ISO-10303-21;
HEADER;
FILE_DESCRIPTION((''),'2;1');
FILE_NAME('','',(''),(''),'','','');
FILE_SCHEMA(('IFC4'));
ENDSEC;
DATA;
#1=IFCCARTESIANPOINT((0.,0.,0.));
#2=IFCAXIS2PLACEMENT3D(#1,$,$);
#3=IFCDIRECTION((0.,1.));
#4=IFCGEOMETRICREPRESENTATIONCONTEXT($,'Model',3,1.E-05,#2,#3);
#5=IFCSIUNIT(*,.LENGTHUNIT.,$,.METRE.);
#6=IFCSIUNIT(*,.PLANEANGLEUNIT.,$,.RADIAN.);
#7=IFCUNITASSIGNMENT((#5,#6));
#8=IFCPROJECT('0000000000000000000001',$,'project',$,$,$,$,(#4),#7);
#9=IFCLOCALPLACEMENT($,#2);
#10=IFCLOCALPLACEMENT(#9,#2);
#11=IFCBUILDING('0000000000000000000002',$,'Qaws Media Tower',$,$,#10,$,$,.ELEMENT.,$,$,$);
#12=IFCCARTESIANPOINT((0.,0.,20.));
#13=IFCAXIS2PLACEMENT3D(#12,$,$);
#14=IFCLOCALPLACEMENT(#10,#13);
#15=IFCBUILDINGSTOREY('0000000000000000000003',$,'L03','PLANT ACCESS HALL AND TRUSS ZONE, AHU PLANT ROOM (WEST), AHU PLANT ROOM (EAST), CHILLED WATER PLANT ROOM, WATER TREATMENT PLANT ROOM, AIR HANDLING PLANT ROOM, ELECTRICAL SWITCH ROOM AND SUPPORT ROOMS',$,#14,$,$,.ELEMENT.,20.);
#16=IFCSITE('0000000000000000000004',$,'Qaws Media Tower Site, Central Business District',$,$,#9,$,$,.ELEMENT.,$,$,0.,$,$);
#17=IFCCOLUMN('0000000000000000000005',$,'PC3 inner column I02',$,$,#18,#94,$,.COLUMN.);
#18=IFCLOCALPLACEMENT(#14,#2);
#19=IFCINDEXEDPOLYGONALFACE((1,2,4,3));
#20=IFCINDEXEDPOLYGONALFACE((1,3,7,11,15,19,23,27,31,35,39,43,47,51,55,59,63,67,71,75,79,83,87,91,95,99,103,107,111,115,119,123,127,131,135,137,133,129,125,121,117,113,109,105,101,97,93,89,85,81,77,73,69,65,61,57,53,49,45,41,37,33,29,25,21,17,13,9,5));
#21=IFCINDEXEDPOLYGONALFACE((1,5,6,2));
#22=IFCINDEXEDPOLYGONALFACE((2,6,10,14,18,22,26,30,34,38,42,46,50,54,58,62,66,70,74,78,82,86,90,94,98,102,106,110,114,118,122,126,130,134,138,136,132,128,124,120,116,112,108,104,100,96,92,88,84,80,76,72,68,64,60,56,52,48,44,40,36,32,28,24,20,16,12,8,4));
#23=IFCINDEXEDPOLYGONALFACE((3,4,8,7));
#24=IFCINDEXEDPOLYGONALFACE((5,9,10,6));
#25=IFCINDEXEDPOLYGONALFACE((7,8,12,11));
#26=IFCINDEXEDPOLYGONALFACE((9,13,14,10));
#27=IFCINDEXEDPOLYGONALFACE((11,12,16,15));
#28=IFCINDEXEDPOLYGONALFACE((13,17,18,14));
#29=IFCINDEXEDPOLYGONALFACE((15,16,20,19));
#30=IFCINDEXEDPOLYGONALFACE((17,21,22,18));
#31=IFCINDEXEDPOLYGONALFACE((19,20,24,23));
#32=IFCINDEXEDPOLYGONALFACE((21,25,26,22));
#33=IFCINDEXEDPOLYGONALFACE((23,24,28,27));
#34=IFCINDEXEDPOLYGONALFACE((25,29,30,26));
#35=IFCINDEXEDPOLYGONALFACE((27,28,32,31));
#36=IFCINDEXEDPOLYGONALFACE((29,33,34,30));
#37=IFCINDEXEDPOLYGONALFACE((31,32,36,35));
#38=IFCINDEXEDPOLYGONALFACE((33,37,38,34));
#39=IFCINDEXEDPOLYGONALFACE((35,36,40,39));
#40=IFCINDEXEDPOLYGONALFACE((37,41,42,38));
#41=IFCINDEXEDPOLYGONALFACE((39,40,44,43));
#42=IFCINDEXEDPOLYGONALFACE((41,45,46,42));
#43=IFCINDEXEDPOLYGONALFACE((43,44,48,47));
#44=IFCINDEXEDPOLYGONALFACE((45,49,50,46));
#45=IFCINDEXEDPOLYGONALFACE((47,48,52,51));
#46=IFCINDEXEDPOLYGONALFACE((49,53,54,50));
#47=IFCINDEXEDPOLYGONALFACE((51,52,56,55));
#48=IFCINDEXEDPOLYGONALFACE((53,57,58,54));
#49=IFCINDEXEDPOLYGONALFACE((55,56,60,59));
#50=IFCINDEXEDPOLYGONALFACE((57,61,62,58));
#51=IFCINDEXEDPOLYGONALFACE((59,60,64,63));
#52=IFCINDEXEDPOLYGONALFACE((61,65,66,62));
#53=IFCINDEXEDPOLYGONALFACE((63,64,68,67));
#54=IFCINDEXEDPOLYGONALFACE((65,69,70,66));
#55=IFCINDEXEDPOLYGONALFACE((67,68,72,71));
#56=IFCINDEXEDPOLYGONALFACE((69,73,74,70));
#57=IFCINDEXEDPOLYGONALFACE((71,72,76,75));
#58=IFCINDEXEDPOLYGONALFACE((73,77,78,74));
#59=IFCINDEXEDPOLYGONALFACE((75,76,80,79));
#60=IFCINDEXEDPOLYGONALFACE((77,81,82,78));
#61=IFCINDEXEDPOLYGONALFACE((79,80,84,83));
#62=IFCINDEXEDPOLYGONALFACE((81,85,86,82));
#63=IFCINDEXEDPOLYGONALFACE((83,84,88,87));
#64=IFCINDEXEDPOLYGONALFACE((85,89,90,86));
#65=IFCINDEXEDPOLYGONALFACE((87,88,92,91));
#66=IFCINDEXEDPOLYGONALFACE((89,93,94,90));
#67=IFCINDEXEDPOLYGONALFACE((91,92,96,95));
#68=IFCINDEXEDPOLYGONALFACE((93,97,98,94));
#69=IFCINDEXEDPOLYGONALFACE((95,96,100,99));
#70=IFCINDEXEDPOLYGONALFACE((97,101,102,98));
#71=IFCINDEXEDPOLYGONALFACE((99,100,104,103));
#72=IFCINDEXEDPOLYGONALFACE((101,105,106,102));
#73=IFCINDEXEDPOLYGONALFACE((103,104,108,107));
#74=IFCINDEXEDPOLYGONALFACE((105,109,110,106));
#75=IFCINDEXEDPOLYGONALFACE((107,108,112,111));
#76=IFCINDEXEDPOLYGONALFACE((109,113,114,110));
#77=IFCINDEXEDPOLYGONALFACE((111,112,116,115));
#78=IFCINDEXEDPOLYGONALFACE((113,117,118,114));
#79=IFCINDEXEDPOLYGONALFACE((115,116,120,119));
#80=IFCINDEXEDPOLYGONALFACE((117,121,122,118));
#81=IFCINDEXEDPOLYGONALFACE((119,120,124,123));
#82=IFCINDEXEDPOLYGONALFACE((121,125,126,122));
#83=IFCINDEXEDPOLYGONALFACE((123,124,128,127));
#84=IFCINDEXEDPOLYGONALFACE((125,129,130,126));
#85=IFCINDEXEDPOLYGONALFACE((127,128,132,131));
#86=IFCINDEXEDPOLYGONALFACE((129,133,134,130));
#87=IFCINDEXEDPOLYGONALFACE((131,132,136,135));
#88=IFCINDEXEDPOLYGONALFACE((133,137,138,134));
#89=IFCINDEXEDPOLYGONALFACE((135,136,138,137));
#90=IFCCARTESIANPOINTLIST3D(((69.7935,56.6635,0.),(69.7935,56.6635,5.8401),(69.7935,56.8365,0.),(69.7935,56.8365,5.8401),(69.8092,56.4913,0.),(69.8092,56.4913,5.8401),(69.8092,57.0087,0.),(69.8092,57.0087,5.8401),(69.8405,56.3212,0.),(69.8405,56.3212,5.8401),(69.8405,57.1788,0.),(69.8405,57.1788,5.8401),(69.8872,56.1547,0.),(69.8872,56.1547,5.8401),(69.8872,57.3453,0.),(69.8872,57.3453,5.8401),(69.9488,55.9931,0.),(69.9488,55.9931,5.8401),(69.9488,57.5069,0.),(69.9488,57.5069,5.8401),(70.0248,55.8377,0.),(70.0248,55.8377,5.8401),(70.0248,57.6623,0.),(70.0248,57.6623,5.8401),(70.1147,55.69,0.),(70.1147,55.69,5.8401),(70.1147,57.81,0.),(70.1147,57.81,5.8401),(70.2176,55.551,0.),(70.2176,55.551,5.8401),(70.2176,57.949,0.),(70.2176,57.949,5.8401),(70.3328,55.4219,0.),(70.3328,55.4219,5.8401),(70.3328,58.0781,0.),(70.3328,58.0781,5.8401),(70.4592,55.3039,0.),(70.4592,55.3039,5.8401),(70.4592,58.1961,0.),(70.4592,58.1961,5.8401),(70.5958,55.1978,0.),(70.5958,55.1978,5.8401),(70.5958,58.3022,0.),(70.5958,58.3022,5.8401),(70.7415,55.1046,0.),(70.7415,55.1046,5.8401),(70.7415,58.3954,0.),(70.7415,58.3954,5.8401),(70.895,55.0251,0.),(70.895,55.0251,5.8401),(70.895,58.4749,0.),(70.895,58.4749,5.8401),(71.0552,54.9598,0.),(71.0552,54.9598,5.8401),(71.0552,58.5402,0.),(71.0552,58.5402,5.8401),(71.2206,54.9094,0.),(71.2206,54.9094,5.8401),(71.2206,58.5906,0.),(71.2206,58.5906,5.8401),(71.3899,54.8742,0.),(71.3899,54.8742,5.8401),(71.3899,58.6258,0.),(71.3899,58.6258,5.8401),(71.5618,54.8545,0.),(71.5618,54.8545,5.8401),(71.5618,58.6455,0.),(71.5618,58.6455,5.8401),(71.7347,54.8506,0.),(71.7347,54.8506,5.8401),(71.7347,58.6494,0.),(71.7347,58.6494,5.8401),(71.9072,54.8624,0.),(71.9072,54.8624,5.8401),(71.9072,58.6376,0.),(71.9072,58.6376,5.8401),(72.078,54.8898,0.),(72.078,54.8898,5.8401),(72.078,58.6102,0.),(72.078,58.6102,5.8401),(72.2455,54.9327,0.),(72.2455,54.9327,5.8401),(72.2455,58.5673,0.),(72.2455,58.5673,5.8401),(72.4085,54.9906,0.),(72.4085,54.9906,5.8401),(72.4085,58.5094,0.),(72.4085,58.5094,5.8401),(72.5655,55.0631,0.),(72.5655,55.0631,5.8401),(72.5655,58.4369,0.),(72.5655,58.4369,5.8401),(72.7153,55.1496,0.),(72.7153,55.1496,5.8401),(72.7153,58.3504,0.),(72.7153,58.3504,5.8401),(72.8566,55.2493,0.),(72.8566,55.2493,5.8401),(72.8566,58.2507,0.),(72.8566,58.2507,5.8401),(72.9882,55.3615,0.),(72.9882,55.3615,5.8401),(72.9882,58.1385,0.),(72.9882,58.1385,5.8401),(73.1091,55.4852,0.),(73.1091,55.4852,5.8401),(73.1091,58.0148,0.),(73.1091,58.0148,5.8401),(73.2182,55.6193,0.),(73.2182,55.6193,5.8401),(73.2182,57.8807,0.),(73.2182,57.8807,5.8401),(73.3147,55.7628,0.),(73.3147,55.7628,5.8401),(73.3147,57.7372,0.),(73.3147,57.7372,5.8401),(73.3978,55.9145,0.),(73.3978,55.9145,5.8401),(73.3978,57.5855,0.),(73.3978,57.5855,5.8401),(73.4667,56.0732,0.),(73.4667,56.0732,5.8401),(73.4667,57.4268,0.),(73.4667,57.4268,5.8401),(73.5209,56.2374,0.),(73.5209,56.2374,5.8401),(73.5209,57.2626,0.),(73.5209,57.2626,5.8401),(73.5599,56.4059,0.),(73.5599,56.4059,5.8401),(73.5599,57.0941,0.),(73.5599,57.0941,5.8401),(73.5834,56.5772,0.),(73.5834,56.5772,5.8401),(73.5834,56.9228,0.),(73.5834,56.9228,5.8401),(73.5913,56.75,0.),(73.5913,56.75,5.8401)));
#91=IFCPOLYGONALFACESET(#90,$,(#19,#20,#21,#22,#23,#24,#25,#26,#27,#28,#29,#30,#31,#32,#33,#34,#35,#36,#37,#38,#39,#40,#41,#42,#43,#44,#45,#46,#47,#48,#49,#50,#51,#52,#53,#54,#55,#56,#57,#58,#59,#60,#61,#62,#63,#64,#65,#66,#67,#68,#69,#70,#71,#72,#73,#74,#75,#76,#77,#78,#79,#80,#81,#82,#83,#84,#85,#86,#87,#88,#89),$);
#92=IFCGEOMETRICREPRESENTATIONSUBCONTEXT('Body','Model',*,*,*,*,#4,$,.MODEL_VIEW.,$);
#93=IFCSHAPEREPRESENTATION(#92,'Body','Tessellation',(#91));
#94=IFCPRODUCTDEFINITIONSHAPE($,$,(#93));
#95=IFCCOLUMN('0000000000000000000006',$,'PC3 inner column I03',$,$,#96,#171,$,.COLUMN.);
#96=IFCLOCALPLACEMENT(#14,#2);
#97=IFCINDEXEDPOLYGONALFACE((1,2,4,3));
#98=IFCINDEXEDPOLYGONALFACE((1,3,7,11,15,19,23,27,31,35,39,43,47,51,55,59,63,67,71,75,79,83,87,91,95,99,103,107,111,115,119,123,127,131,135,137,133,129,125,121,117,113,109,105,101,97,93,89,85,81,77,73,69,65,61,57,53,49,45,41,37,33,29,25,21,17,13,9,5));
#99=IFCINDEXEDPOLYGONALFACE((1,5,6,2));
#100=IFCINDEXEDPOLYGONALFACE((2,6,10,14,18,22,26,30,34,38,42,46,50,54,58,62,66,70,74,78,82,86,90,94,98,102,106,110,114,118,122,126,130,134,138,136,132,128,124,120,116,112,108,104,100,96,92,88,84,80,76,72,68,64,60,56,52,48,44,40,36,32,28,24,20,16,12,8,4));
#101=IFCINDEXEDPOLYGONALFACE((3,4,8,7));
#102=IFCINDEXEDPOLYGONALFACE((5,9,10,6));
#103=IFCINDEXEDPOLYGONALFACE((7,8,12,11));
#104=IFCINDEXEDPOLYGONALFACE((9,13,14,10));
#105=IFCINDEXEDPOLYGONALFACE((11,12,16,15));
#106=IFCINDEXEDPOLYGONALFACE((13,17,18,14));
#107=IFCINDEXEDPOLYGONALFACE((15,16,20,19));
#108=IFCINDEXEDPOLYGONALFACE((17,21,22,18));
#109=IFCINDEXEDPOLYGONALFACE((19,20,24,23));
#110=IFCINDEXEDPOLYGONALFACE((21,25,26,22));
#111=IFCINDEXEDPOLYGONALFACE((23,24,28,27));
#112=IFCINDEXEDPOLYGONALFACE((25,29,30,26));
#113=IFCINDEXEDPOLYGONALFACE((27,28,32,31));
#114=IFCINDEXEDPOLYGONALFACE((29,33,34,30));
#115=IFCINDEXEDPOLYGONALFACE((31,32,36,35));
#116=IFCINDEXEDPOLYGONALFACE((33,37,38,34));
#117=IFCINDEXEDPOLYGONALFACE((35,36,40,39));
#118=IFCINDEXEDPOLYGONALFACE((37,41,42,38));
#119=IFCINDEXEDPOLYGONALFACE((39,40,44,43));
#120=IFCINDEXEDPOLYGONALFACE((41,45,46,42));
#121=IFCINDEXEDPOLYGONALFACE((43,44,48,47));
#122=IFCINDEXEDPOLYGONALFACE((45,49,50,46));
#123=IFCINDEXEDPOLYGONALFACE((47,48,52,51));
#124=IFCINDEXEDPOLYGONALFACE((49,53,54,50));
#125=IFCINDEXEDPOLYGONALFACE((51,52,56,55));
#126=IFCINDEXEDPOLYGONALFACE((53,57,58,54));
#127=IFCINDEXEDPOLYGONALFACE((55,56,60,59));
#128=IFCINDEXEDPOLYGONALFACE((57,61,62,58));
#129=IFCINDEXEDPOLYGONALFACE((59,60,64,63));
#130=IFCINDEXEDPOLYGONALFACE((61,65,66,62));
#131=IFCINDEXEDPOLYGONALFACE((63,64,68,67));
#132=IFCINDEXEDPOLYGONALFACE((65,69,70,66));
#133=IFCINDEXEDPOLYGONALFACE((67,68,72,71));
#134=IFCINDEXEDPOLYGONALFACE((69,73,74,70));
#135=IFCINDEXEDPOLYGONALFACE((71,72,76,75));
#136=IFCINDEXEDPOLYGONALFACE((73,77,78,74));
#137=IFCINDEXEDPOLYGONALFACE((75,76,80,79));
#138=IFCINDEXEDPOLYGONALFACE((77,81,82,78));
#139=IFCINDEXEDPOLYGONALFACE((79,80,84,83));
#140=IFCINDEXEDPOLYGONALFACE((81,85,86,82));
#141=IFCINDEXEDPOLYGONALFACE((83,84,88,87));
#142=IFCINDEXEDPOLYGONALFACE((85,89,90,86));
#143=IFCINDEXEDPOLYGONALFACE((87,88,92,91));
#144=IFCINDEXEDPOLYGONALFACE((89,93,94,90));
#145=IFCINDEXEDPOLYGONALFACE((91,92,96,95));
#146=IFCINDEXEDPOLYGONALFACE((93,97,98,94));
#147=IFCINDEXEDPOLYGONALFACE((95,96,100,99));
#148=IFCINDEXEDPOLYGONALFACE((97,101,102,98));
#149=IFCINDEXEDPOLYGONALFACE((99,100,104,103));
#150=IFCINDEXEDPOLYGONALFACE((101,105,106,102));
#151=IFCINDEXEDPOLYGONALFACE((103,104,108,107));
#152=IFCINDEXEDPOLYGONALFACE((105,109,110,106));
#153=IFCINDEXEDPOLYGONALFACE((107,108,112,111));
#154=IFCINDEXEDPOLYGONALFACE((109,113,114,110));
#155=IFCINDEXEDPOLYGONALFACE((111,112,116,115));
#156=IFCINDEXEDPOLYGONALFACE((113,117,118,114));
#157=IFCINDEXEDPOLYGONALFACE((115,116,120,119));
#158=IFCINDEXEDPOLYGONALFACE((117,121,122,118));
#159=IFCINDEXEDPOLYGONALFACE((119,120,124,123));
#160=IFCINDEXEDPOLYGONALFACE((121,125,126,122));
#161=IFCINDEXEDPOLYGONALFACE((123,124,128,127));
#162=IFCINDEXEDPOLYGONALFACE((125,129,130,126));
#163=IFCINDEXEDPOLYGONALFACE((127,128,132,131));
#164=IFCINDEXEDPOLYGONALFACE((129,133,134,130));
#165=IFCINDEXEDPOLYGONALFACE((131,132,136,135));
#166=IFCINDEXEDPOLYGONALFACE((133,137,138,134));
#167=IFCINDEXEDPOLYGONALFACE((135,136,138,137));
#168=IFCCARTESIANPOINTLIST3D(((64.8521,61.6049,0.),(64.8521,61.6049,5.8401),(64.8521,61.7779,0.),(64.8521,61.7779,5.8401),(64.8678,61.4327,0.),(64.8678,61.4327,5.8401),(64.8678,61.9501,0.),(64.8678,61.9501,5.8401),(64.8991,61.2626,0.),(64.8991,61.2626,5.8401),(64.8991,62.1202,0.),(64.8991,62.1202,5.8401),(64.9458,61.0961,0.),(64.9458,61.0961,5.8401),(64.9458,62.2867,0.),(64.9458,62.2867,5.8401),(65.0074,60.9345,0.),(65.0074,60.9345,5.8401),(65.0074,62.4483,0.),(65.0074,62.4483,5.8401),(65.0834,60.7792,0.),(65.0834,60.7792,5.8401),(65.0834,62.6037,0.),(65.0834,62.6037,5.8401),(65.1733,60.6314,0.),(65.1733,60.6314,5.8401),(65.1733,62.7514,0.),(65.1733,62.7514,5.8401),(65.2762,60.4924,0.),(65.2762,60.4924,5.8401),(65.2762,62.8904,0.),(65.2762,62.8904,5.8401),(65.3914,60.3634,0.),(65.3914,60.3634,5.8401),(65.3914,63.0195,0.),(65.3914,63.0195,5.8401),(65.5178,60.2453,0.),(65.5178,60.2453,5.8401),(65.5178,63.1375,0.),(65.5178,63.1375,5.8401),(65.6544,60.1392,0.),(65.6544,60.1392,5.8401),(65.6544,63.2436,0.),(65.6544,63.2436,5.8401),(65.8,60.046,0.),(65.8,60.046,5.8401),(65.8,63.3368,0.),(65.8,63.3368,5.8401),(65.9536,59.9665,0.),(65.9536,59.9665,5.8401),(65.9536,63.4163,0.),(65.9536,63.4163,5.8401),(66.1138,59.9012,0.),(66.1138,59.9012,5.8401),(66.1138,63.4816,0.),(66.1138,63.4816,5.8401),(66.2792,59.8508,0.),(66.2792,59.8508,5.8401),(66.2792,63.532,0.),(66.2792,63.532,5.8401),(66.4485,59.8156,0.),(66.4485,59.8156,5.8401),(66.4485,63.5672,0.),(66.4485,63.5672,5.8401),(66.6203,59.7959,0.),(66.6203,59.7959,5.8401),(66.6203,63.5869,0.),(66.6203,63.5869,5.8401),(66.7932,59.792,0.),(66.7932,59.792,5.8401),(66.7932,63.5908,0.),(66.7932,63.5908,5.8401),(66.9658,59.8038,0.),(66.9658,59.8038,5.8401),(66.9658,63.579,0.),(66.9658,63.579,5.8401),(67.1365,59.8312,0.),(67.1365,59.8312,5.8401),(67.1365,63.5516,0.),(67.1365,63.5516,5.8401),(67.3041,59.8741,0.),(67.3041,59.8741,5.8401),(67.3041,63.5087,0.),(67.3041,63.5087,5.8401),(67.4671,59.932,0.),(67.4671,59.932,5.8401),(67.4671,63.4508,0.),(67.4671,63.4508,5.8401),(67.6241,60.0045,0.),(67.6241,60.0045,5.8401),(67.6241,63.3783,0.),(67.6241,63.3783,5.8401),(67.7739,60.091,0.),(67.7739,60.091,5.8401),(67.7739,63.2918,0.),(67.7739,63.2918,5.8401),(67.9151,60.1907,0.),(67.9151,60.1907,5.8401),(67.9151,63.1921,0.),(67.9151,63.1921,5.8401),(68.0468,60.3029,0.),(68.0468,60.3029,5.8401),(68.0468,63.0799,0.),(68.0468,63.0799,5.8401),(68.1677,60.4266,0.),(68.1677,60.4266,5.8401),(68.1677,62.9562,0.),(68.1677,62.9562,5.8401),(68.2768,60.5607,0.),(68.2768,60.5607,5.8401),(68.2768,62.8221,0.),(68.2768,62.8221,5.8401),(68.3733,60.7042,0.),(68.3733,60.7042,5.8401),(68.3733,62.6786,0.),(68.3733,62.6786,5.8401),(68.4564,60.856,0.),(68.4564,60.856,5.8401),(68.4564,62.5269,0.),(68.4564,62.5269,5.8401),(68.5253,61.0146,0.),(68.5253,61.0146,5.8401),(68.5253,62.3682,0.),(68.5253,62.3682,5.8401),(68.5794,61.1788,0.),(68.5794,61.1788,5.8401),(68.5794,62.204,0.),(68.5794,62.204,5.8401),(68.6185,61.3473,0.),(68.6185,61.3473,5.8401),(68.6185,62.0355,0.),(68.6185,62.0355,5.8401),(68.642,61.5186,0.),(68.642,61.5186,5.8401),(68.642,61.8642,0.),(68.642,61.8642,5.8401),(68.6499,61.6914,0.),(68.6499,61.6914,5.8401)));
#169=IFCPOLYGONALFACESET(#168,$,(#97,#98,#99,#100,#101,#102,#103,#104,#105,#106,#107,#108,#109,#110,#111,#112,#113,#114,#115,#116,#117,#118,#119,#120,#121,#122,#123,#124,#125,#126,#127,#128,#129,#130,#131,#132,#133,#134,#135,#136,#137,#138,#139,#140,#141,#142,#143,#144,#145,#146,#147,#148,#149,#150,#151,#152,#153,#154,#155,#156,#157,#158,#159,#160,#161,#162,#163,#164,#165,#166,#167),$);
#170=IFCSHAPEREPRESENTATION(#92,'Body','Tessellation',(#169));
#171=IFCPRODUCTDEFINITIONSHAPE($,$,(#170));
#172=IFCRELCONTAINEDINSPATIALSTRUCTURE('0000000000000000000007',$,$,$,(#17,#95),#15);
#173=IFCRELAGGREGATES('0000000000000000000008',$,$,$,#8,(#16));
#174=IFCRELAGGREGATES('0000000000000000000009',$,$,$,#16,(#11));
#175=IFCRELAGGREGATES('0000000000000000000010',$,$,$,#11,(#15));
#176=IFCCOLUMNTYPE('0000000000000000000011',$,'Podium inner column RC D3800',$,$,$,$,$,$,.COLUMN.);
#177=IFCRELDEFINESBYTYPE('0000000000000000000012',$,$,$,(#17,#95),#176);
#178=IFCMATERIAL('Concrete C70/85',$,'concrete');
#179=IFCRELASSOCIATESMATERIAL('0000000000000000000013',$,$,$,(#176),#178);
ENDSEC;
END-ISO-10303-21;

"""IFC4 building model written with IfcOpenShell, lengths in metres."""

from ifc_helpers import new_model, si_unit, direction, frame, origin, origin_2d, place, context, subcontext, project, spatial, circle, extrude, material, material_profile, profile_set, type_object, element, save


model = new_model("IFC4")

# Units and contexts
model_context = context("Model", 3, precision=1e-05, world=origin(), true_north=direction((0.0, 1.0)))
body_context = subcontext(model_context, "Body", "Model", "MODEL_VIEW")
ifc_project = project(units=[si_unit("LENGTHUNIT", "METRE"), si_unit("PLANEANGLEUNIT", "RADIAN")], contexts=[model_context])

# Site, building, storey
site_placement = place(None, origin())
site = spatial("IfcSite", under=ifc_project, at=site_placement, Name="Qaws Media Tower Site, Central Business District", CompositionType="ELEMENT", RefElevation=0.0)
building_placement = place(site_placement, origin())
building = spatial("IfcBuilding", under=site, at=building_placement, Name="Qaws Media Tower", CompositionType="ELEMENT")
storey_placement = place(building_placement, frame((0.0, 0.0, 20.0)))
storey = spatial("IfcBuildingStorey", under=building, at=storey_placement, Name="L03", Description="PLANT ACCESS HALL AND TRUSS ZONE, AHU PLANT ROOM (WEST), AHU PLANT ROOM (EAST), CHILLED WATER PLANT ROOM, WATER TREATMENT PLANT ROOM, AIR HANDLING PLANT ROOM, ELECTRICAL SWITCH ROOM AND SUPPORT ROOMS", CompositionType="ELEMENT", Elevation=20.0)

# Columns
ifc_material_1 = material(Name="Concrete C70/85", Category="concrete")
ifc_material_profile_1 = material_profile(ifc_material_1, circle(Radius=1.8999, at=origin_2d()), Name="RC D3800")
ifc_profile_set_1 = profile_set([ifc_material_profile_1], Name="Concrete C70/85")
column_type = type_object("IfcColumnType", Name="Podium inner column RC D3800", PredefinedType="COLUMN", material=ifc_profile_set_1)
for number, where, z_axis, x_axis, name in (
    (1, (71.6914, 56.75, 0.0), (0.0, 0.0, 1.0), (1.0, 0.0, 0.0), "PC3 inner column I02"),
    (2, (66.75, 61.6914, 0.0), (0.0, 0.0, 1.0), (1.0, 0.0, 0.0), "PC3 inner column I03"),
):
    element("IfcColumn", number, at=place(storey_placement, frame(where, z_axis=z_axis, x_axis=x_axis)), inside=storey, type_object=column_type, Name=name, PredefinedType="COLUMN", context=body_context, shape_type="SweptSolid", body=[
        extrude(circle(Radius=1.8999, at=origin_2d()), origin(), (0.0, 0.0, 1.0), 5.8401),
    ])

save(model, "model.ifc")
